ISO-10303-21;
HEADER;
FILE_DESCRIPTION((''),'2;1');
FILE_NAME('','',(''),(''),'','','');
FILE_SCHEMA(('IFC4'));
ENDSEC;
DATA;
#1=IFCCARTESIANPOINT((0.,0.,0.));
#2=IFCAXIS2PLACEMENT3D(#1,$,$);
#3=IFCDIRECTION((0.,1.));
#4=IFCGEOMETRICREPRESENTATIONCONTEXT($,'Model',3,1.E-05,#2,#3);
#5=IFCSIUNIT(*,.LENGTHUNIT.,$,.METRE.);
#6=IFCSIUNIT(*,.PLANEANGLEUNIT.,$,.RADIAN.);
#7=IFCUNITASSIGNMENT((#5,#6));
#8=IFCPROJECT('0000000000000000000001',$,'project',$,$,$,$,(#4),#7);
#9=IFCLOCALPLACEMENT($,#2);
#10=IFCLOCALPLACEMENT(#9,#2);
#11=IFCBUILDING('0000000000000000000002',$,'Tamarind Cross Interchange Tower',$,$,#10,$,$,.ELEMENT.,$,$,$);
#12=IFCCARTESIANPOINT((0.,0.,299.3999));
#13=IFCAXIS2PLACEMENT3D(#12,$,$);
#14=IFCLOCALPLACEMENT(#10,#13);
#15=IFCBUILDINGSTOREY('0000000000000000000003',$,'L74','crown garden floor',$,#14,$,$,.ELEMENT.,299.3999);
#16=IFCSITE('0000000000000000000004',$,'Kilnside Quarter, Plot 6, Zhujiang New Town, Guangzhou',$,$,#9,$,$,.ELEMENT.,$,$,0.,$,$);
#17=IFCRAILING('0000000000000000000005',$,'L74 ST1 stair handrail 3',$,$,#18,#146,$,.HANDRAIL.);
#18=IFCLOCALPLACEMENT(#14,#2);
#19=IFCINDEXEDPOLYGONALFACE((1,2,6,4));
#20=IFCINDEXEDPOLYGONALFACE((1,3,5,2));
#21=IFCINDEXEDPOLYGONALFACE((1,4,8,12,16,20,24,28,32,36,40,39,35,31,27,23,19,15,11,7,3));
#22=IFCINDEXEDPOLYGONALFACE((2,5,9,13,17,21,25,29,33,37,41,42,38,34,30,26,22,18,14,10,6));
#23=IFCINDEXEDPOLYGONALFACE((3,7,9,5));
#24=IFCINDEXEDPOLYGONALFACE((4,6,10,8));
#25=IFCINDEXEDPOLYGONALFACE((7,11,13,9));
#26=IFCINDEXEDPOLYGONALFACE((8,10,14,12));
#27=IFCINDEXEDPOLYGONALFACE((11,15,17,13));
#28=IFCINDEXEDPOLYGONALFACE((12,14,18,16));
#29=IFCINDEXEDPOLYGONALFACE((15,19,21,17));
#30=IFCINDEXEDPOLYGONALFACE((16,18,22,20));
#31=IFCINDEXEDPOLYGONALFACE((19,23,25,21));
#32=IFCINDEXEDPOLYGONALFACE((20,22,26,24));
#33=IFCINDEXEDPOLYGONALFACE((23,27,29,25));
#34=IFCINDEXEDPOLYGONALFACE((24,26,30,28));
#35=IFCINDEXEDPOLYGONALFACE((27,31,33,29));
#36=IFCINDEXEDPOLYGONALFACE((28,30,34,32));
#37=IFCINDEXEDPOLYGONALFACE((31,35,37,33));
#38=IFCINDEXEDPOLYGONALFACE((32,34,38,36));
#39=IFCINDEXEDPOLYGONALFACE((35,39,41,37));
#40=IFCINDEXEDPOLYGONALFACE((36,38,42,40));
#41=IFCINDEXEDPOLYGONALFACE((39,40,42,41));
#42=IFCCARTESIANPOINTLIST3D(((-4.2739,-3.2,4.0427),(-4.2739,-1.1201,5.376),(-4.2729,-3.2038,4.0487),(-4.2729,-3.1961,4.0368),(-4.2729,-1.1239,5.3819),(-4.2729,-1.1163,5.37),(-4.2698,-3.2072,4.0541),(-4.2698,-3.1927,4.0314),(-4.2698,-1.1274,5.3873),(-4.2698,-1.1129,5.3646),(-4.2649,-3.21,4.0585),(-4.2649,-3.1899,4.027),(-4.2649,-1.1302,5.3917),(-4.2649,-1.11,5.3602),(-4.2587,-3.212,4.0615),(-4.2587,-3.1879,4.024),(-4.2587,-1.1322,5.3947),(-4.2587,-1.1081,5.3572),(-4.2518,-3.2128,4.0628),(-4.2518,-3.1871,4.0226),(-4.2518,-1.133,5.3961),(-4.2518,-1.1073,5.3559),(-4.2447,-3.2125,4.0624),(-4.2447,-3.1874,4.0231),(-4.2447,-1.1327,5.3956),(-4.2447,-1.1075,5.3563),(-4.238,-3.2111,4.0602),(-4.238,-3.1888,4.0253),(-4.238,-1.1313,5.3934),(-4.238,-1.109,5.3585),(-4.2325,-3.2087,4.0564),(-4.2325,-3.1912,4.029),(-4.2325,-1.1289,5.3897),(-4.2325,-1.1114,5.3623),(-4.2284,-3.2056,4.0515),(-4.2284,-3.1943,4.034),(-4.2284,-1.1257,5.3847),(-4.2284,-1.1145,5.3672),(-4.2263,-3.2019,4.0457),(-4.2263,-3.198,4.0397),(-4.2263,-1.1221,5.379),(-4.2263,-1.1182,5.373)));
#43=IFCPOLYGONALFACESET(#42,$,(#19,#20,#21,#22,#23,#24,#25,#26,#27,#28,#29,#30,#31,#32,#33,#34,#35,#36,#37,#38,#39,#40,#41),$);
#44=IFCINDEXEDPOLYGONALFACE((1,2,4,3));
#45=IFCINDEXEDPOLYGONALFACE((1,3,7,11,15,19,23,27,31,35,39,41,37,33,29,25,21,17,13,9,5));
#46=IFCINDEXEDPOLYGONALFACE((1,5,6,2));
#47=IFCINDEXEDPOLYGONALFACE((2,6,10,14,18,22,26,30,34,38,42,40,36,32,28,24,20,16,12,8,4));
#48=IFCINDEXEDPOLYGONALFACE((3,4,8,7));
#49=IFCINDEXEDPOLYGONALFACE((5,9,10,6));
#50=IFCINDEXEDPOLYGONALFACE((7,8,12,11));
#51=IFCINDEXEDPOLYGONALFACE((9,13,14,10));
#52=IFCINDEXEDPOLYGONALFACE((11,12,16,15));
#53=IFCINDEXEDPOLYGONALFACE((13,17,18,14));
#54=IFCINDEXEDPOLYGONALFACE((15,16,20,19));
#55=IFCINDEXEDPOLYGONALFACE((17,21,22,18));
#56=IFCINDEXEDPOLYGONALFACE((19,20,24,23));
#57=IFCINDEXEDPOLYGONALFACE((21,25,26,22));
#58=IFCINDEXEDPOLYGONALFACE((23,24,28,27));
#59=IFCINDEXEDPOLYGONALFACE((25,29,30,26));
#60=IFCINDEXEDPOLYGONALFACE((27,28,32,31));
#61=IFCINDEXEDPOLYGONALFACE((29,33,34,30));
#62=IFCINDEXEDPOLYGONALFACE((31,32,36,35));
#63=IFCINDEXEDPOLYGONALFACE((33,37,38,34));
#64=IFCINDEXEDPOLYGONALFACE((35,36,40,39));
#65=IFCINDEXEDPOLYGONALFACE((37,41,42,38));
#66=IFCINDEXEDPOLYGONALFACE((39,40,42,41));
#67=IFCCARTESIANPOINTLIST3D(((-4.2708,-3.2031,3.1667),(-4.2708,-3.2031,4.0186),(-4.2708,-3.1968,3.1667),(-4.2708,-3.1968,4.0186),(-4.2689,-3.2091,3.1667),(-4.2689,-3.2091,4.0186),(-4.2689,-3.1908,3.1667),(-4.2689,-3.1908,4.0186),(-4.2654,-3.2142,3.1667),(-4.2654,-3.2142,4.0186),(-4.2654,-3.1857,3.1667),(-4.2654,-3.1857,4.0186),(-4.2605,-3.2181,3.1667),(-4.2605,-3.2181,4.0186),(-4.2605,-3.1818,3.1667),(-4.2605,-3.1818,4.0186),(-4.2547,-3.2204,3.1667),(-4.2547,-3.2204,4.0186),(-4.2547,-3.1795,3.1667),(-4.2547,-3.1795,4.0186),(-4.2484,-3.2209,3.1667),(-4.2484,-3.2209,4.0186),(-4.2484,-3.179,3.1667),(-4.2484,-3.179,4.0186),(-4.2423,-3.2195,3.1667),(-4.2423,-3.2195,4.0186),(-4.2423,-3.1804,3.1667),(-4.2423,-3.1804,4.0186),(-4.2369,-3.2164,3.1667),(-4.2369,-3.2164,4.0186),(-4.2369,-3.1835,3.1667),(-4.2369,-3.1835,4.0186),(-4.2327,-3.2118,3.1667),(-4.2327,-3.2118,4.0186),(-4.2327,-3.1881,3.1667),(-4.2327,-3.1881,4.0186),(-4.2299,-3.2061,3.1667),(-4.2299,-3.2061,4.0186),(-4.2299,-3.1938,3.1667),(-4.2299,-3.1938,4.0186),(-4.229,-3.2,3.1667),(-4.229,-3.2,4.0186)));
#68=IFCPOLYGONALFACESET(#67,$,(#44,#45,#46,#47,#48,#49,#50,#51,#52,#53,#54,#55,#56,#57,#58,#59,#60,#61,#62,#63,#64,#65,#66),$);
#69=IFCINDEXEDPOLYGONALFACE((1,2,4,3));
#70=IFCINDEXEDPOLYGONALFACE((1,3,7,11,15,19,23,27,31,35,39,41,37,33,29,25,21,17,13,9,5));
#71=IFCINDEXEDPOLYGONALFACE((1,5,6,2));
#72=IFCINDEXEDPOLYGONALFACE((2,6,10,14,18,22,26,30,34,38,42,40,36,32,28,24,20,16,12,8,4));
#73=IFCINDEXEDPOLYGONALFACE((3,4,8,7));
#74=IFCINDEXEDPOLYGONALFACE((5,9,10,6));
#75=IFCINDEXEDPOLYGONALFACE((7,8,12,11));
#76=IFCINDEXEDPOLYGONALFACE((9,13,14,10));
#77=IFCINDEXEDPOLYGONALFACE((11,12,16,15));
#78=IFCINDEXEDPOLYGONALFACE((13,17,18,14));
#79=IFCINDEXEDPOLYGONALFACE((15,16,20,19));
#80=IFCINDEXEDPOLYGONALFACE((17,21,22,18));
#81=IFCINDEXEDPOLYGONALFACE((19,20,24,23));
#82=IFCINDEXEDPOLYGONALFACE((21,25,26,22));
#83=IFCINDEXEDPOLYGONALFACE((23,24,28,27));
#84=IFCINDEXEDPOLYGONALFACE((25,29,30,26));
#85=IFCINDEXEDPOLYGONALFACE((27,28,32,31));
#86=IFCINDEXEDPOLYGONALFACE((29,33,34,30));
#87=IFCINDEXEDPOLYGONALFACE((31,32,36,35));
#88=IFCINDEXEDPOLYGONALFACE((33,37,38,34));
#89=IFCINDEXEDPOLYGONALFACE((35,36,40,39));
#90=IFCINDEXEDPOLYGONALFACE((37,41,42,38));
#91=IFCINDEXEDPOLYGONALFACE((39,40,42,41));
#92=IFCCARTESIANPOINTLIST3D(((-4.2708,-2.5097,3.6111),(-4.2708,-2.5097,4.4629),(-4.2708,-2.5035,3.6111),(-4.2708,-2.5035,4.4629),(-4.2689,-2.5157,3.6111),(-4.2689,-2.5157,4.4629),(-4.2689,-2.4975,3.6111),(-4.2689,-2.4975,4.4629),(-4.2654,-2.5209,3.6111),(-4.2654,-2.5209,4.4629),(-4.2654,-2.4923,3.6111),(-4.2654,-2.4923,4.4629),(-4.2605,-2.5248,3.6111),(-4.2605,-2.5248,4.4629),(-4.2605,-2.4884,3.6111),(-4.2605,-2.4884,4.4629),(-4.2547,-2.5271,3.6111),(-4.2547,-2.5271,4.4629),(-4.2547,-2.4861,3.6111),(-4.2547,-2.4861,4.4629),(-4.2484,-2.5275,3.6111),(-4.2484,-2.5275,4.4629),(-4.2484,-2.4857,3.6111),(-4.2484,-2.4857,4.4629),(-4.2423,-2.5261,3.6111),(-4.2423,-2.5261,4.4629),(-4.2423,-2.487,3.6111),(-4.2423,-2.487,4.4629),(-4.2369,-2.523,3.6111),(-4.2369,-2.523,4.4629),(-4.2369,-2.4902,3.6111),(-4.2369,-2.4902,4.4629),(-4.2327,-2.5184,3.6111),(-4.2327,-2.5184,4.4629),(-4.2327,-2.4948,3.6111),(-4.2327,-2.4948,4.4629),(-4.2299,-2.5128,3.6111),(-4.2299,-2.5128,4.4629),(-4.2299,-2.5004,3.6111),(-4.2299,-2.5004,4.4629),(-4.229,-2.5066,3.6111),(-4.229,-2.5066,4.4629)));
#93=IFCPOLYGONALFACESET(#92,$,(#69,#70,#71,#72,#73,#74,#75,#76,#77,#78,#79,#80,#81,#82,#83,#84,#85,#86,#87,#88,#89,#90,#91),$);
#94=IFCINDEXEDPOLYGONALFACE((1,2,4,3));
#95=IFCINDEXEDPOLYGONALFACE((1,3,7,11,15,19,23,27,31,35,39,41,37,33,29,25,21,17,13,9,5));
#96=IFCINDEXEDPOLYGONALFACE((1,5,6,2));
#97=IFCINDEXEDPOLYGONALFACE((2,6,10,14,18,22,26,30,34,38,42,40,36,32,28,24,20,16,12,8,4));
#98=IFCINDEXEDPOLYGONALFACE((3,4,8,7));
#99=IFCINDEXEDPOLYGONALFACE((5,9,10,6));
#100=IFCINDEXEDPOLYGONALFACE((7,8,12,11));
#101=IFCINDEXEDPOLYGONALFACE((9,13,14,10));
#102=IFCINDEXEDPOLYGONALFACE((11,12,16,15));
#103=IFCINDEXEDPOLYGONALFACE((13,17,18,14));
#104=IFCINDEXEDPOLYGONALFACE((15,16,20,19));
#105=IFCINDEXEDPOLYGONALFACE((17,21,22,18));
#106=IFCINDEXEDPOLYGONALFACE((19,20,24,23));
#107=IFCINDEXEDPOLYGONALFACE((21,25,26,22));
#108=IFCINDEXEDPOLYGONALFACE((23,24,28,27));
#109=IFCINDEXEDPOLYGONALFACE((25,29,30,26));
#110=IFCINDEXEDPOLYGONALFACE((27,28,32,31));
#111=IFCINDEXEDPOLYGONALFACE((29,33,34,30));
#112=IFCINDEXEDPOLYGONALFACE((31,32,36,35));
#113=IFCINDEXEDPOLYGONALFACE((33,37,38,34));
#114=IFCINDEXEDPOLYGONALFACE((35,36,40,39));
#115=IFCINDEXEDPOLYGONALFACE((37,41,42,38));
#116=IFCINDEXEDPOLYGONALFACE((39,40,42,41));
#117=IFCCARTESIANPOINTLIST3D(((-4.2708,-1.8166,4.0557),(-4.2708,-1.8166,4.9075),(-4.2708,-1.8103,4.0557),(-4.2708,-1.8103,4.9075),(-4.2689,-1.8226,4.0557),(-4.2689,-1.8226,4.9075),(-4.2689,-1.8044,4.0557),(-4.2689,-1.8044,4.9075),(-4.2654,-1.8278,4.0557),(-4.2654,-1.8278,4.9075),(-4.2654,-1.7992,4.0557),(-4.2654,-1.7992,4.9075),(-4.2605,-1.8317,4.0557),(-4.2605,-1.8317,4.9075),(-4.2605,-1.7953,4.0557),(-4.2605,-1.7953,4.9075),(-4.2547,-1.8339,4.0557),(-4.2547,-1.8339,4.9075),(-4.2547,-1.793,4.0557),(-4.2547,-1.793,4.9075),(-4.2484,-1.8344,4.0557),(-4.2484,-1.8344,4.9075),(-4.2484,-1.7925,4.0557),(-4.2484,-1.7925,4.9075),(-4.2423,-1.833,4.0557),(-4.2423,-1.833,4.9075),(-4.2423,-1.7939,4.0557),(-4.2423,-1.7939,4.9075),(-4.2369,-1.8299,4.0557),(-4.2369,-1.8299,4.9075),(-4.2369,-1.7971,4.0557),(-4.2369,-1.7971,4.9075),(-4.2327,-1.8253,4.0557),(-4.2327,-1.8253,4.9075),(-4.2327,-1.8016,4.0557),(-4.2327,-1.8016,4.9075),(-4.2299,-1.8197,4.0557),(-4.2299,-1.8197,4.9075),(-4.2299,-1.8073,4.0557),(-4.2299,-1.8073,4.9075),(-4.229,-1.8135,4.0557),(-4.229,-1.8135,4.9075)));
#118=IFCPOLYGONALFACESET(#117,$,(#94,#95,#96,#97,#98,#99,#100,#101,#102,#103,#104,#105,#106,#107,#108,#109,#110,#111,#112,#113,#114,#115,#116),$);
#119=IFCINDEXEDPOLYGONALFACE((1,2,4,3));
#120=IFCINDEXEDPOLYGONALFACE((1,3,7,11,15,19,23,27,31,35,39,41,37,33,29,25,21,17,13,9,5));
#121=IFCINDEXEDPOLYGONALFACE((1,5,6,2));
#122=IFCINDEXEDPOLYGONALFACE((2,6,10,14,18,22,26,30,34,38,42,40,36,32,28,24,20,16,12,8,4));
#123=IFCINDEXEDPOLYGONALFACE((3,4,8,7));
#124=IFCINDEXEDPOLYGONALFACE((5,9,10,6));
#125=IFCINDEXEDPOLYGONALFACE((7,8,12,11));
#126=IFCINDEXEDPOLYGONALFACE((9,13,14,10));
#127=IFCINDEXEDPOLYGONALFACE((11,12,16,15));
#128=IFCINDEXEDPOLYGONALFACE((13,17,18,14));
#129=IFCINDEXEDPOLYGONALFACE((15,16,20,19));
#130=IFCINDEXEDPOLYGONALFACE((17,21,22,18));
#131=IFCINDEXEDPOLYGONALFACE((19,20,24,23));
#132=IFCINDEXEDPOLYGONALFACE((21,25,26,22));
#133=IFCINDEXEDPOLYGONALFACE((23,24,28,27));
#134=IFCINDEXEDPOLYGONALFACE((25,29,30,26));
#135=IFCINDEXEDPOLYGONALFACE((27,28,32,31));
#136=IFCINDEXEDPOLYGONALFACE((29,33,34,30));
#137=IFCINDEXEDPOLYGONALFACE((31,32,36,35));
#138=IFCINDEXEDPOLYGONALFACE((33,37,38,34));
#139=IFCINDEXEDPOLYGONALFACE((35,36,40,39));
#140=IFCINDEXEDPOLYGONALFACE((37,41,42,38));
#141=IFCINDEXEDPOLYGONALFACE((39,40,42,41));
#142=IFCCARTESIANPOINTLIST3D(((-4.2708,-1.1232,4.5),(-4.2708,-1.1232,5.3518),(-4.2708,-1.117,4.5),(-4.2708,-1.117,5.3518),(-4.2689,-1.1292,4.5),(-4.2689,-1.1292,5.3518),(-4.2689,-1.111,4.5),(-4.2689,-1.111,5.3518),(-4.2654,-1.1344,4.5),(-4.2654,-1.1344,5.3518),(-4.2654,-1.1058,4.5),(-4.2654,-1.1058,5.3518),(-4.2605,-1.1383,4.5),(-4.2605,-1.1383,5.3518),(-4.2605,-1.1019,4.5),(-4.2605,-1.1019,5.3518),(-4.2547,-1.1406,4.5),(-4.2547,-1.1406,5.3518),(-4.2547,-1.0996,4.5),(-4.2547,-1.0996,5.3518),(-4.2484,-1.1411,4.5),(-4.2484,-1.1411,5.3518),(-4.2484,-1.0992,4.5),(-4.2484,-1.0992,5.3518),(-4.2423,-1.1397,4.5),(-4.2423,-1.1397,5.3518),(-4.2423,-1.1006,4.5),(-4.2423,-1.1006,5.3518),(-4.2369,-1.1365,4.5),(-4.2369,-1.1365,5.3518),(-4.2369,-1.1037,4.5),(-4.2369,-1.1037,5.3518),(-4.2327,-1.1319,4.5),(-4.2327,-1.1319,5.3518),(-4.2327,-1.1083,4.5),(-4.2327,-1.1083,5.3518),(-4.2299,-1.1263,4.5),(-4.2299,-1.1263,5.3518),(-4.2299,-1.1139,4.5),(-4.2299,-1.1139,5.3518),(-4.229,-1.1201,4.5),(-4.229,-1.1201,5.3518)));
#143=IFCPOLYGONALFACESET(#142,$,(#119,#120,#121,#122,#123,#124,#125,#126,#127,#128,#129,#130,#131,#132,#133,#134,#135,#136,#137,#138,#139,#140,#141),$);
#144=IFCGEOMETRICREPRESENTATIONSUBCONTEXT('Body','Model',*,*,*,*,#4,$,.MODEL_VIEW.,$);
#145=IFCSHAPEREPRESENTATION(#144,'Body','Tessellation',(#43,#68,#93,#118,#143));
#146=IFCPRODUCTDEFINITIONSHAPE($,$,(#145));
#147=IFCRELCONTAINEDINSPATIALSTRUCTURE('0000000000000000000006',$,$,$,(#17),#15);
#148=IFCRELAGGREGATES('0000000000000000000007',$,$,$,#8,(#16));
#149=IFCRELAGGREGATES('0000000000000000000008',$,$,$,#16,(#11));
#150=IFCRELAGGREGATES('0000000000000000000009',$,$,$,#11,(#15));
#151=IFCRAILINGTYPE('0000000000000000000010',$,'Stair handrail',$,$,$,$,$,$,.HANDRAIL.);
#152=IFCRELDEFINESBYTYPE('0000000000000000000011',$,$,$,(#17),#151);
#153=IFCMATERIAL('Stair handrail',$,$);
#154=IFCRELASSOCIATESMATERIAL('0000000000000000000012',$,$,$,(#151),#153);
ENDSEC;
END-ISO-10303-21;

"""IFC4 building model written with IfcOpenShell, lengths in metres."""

from ifc_helpers import new_model, si_unit, direction, frame, origin, origin_2d, place, context, subcontext, project, spatial, circle, extrude, material, type_object, element, save


model = new_model("IFC4")

# Units and contexts
model_context = context("Model", 3, precision=1e-05, world=origin(), true_north=direction((0.0, 1.0)))
body_context = subcontext(model_context, "Body", "Model", "MODEL_VIEW")
ifc_project = project(units=[si_unit("LENGTHUNIT", "METRE"), si_unit("PLANEANGLEUNIT", "RADIAN")], contexts=[model_context])

# Site, building, storey
site_placement = place(None, origin())
site = spatial("IfcSite", under=ifc_project, at=site_placement, Name="Kilnside Quarter, Plot 6, Zhujiang New Town, Guangzhou", CompositionType="ELEMENT", RefElevation=0.0)
building_placement = place(site_placement, origin())
building = spatial("IfcBuilding", under=site, at=building_placement, Name="Tamarind Cross Interchange Tower", CompositionType="ELEMENT")
storey_placement = place(building_placement, frame((0.0, 0.0, 299.3999)))
storey = spatial("IfcBuildingStorey", under=building, at=storey_placement, Name="L74", Description="crown garden floor", CompositionType="ELEMENT", Elevation=299.3999)

# Railing
ifc_material_1 = material(Name="Stair handrail")
railing_type_1 = type_object("IfcRailingType", Name="Stair handrail", PredefinedType="HANDRAIL", material=ifc_material_1)
railing_1_placement = place(storey_placement, frame((-4.25, -3.2, 3.1667)))
element("IfcRailing", 1, at=railing_1_placement, inside=storey, type_object=railing_type_1, Name="L74 ST1 stair handrail 3", PredefinedType="HANDRAIL", context=body_context, shape_type="SweptSolid", body=[
    extrude(circle(Radius=0.0239, at=origin_2d()), frame((0.0, 0.0, 0.876), z_axis=(0.0, 0.841875, 0.539673), x_axis=(-1.0, 0.0, 0.0)), (0.0, 0.0, 1.0), 2.4705),
    extrude(circle(Radius=0.021, at=origin_2d()), origin(), (0.0, 0.0, 1.0), 0.8518),
    extrude(circle(Radius=0.021, at=origin_2d()), frame((0.0, 0.6934, 0.4443)), (0.0, 0.0, 1.0), 0.8518),
    extrude(circle(Radius=0.021, at=origin_2d()), frame((0.0, 1.3865, 0.8889)), (0.0, 0.0, 1.0), 0.8518),
    extrude(circle(Radius=0.021, at=origin_2d()), frame((0.0, 2.0798, 1.3333)), (0.0, 0.0, 1.0), 0.8518),
])

save(model, "model.ifc")
